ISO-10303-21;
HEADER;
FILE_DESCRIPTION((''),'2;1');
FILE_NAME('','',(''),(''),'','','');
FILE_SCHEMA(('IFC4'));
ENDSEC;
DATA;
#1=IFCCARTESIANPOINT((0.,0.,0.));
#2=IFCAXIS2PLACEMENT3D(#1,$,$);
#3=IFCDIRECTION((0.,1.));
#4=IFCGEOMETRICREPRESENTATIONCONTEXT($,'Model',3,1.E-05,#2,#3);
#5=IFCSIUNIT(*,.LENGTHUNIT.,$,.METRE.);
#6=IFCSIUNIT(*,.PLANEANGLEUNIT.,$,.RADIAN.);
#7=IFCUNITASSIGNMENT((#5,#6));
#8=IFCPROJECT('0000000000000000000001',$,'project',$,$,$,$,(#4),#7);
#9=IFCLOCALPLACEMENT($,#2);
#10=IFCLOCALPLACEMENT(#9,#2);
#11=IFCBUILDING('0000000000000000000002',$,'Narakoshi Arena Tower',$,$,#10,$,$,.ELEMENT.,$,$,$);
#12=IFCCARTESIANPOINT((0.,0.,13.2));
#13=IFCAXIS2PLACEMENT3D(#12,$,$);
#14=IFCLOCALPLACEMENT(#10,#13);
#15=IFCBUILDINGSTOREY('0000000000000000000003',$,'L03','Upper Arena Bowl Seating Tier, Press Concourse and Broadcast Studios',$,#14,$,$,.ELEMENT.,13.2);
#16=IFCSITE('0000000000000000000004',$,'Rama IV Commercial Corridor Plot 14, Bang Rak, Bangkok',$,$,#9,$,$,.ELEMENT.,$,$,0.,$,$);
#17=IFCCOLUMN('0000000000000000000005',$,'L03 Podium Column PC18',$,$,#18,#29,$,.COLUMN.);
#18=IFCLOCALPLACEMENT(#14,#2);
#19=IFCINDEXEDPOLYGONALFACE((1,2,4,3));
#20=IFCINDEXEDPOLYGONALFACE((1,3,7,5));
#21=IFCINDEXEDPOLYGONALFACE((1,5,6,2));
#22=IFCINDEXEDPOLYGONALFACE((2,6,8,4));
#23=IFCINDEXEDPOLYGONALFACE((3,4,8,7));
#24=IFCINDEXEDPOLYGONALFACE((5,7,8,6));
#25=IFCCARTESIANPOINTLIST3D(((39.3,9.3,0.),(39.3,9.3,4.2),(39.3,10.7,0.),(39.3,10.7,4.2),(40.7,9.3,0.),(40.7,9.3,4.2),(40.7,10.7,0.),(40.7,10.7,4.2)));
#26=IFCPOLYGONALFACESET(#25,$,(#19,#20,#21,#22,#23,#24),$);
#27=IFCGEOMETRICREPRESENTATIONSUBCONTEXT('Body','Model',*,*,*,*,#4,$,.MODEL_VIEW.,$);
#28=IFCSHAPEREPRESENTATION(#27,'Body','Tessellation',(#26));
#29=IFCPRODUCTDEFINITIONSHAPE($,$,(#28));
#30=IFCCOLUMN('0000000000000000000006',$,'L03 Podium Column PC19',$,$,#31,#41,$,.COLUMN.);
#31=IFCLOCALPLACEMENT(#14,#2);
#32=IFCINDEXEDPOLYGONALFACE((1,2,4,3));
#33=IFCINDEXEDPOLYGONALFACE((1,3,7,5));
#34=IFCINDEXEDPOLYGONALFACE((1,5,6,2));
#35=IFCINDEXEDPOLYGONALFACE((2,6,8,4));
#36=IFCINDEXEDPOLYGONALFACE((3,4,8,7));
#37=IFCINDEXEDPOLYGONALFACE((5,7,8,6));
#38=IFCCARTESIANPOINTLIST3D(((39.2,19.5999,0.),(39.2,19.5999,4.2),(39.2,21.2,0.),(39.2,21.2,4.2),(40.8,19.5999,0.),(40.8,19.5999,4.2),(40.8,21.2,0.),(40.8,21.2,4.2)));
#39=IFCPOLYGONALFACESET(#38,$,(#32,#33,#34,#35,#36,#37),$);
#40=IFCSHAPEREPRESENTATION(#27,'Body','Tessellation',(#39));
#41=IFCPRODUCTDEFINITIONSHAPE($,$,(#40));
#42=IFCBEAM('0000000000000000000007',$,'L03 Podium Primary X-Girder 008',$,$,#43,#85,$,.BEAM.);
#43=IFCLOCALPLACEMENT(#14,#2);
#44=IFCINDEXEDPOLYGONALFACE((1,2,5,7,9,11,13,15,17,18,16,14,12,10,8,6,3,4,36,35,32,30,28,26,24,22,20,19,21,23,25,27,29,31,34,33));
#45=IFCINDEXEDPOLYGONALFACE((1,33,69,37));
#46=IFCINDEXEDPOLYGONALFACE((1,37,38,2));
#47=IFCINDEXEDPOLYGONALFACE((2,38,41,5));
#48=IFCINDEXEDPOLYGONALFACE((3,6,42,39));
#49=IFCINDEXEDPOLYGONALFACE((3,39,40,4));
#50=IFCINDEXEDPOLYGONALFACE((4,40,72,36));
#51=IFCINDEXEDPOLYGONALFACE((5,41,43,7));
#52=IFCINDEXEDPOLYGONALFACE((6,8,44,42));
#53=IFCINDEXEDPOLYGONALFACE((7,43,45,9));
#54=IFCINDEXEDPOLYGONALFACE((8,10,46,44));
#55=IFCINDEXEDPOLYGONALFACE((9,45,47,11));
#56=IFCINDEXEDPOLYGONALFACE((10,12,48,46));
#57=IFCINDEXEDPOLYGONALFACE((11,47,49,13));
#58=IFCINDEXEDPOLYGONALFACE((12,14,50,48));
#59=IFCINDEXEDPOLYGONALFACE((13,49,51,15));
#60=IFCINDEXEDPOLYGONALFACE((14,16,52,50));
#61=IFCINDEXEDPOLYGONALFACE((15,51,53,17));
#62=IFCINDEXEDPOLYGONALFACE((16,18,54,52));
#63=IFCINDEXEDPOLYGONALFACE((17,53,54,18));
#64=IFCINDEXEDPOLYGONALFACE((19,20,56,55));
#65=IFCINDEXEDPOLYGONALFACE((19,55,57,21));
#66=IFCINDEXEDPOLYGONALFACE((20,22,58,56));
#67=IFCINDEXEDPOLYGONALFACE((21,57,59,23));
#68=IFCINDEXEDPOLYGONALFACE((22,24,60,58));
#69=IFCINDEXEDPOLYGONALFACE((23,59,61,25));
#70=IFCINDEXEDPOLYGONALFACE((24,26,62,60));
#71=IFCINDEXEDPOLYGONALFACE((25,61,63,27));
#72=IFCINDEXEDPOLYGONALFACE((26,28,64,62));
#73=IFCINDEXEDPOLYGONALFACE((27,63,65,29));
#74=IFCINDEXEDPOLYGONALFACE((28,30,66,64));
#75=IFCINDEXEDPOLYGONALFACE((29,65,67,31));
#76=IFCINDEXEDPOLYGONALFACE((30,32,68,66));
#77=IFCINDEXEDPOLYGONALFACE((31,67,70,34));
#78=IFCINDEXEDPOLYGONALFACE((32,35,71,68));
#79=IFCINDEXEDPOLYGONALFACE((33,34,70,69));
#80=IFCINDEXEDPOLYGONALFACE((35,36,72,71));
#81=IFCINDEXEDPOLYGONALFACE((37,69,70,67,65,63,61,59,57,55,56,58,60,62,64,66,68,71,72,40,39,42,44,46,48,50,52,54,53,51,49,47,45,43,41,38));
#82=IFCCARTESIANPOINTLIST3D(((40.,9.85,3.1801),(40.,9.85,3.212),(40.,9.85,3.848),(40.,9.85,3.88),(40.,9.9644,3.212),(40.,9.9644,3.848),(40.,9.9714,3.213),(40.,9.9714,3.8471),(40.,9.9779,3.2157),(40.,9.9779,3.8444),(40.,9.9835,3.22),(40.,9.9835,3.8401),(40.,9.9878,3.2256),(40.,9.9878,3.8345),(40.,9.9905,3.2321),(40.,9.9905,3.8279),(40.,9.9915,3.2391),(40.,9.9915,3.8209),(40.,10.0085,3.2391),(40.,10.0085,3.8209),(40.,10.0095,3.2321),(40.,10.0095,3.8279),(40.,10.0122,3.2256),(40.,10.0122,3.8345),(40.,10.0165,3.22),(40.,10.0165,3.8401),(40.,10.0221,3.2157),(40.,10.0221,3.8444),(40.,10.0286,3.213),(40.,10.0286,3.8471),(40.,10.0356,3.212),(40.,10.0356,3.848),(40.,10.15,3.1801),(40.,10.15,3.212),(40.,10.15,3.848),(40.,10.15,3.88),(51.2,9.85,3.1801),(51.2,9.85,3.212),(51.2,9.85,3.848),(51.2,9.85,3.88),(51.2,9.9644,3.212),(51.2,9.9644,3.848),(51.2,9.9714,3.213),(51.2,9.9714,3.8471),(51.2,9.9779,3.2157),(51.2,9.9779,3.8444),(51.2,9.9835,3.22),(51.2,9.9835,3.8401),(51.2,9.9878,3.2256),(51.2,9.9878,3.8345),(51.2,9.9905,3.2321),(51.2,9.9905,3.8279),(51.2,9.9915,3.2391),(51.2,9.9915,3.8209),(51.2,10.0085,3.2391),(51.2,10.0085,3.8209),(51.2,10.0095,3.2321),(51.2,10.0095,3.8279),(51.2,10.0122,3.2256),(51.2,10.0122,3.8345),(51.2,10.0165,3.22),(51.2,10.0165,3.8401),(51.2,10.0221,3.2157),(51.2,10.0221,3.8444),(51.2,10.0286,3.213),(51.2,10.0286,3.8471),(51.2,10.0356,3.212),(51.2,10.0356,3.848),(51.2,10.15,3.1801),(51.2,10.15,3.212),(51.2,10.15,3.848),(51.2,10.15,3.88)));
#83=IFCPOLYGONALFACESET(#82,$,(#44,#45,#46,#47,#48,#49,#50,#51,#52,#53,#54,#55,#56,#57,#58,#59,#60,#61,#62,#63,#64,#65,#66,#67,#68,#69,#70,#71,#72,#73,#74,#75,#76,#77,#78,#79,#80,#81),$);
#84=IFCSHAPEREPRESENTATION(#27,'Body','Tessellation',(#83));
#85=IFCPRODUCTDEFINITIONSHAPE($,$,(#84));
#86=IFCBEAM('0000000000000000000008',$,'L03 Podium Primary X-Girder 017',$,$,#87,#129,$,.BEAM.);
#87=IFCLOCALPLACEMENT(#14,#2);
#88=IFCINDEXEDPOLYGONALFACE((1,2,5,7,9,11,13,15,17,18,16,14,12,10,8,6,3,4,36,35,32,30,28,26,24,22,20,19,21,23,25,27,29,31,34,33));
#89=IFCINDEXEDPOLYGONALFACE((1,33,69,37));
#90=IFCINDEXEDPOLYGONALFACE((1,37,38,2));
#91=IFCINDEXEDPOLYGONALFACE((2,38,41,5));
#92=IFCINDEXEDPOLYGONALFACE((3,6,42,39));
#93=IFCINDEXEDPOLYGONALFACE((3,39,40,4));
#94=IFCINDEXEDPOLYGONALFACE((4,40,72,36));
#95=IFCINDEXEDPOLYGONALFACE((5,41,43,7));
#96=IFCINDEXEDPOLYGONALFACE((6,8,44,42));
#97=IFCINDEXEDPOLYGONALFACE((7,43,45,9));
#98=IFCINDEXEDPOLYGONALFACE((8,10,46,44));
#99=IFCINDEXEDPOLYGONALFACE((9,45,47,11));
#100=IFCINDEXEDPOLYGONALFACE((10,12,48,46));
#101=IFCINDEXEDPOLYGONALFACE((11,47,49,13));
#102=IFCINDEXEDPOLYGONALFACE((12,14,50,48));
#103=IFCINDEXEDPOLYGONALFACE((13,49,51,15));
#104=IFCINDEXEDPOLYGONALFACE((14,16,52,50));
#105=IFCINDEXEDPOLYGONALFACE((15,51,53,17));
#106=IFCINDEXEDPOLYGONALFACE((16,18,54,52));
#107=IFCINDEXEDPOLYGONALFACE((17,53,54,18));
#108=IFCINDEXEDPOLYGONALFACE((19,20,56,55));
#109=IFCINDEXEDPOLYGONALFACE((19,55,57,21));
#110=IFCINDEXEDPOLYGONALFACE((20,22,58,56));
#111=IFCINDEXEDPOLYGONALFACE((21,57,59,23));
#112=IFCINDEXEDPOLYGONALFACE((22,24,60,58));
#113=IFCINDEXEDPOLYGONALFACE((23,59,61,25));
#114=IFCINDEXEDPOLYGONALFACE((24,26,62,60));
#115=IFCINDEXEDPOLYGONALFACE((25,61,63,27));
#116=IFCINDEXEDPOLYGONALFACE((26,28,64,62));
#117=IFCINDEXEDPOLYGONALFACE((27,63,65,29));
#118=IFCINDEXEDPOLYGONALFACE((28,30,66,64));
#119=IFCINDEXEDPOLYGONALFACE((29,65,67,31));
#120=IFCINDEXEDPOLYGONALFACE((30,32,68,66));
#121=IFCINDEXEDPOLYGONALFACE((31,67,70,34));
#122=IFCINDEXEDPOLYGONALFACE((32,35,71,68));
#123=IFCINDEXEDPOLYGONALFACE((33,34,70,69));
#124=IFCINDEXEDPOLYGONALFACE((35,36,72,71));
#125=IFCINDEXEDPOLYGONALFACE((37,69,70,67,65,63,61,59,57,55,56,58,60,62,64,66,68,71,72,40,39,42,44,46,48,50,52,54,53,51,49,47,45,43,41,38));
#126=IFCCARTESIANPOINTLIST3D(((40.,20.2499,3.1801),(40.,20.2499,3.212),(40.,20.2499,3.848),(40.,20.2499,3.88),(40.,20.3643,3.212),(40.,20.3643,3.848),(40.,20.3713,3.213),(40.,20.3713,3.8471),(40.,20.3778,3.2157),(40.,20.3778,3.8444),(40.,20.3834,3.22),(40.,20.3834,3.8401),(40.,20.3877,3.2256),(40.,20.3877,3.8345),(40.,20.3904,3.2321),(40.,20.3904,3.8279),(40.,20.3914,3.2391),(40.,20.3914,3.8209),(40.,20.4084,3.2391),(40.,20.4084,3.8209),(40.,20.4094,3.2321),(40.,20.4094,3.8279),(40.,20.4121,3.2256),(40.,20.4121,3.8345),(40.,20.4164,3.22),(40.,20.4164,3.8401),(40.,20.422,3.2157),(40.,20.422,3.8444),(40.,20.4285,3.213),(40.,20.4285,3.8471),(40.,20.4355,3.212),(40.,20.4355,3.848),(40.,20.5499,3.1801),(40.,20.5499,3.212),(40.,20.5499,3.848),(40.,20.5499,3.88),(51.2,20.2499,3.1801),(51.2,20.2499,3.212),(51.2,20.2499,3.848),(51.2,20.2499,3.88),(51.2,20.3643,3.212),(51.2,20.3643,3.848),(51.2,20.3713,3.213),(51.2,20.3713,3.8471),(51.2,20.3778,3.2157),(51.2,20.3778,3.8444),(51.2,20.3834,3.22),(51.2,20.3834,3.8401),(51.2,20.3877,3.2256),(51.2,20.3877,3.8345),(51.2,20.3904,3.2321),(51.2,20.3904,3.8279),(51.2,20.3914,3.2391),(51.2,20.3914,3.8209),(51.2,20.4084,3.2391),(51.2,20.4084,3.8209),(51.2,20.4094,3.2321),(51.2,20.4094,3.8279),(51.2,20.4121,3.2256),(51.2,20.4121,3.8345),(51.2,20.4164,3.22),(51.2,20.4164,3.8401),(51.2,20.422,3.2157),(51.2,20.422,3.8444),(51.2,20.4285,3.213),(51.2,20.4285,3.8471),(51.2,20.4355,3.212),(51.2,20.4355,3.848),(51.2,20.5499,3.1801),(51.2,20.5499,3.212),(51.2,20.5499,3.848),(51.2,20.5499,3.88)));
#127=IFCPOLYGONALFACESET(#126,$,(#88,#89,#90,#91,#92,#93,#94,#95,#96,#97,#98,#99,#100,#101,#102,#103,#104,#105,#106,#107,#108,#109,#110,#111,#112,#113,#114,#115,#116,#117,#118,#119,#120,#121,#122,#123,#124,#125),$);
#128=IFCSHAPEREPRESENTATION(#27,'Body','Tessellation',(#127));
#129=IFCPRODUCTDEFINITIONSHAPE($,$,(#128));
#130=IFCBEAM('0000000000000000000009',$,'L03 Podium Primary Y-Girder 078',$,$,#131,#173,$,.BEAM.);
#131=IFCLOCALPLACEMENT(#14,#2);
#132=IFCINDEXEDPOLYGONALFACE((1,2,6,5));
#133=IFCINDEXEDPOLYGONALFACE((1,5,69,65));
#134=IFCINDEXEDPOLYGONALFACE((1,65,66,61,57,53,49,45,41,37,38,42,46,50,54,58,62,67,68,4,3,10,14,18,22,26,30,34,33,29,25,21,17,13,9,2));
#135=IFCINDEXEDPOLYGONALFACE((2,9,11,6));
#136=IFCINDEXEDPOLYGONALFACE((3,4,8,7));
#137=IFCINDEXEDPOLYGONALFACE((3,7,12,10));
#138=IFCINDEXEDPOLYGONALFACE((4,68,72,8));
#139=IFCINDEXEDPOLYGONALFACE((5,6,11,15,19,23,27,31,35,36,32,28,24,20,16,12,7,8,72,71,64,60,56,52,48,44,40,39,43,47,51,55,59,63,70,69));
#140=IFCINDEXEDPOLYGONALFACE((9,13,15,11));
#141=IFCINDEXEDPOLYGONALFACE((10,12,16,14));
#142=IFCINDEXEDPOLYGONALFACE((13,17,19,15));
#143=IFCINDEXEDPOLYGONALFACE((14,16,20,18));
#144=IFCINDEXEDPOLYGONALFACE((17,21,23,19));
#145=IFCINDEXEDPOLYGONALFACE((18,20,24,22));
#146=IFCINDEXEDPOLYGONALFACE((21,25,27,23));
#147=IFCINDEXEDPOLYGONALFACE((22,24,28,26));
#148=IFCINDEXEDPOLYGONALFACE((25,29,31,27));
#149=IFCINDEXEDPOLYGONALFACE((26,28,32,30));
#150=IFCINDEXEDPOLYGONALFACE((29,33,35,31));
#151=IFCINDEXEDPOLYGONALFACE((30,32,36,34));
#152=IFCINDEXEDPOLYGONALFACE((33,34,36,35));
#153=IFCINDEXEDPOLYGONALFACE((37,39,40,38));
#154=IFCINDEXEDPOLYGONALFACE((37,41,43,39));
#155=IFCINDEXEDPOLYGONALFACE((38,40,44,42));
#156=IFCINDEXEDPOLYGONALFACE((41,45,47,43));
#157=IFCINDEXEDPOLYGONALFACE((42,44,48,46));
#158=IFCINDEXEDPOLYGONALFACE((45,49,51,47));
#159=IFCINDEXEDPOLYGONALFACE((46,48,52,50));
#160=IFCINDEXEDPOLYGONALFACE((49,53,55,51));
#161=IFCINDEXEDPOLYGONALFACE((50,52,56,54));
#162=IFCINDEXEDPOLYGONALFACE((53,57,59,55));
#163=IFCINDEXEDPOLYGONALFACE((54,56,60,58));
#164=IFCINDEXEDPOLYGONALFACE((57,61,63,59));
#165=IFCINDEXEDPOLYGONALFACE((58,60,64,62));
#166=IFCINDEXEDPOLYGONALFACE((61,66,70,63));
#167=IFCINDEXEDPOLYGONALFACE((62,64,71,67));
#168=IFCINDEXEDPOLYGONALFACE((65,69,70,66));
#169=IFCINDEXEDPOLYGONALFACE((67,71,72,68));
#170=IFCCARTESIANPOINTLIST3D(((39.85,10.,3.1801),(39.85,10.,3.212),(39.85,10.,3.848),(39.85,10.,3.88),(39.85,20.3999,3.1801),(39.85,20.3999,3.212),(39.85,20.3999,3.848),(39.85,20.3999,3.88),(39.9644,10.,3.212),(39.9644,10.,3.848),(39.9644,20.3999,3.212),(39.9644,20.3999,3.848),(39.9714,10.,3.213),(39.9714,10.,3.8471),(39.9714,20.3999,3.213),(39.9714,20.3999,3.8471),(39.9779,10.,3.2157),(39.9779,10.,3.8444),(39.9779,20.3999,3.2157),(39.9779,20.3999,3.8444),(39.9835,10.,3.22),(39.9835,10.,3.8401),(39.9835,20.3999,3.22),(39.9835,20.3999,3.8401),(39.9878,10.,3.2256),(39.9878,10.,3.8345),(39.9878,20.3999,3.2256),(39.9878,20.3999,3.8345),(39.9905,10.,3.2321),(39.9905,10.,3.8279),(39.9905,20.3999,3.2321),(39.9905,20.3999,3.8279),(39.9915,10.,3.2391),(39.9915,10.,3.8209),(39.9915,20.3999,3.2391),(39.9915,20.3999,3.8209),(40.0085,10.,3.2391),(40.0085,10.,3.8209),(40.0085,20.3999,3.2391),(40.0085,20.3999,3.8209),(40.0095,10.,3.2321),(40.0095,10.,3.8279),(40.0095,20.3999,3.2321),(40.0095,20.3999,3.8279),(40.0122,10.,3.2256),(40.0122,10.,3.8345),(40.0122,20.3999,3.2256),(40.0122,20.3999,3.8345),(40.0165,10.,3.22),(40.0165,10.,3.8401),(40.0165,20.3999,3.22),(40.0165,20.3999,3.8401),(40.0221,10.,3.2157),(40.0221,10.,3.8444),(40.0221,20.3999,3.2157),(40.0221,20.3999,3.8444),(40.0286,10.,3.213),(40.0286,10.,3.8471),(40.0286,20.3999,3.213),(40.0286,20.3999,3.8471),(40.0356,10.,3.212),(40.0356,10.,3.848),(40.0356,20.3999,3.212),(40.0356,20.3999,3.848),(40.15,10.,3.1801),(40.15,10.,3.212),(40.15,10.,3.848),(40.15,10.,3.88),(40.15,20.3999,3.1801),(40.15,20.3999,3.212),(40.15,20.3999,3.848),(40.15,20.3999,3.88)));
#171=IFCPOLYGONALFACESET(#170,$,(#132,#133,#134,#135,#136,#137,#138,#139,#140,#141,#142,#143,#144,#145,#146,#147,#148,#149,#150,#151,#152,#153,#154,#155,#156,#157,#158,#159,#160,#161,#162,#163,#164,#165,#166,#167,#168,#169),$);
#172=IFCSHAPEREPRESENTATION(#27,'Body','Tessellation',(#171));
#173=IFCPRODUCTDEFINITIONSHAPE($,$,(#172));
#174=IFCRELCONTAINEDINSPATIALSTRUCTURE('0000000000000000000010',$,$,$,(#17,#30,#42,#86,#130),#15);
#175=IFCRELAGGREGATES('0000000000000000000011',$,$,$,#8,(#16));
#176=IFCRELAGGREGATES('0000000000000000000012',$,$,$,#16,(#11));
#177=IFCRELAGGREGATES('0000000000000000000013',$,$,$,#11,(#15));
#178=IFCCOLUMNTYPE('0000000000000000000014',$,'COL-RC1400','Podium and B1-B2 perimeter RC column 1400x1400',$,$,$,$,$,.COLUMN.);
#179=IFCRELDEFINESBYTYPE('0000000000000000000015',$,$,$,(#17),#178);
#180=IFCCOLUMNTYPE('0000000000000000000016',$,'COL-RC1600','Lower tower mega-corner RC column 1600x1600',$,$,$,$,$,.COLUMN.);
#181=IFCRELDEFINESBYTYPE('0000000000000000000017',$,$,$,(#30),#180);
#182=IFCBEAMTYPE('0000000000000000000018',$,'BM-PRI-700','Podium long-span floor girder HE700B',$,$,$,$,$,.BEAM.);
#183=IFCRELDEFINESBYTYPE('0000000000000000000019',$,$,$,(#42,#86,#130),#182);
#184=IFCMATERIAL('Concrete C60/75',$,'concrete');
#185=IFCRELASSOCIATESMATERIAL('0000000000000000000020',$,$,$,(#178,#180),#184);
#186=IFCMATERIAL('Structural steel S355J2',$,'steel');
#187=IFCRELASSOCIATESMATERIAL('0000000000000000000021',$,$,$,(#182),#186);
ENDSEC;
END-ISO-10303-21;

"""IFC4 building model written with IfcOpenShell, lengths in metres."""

from ifc_helpers import new_model, si_unit, direction, frame, origin, origin_2d, place, context, subcontext, project, spatial, rectangle, i_section, extrude, material, material_profile, profile_set, type_object, element, save


model = new_model("IFC4")

# Units and contexts
model_context = context("Model", 3, precision=1e-05, world=origin(), true_north=direction((0.0, 1.0)))
body_context = subcontext(model_context, "Body", "Model", "MODEL_VIEW")
ifc_project = project(units=[si_unit("LENGTHUNIT", "METRE"), si_unit("PLANEANGLEUNIT", "RADIAN")], contexts=[model_context])

# Site, building, storey
site_placement = place(None, origin())
site = spatial("IfcSite", under=ifc_project, at=site_placement, Name="Rama IV Commercial Corridor Plot 14, Bang Rak, Bangkok", CompositionType="ELEMENT", RefElevation=0.0)
building_placement = place(site_placement, origin())
building = spatial("IfcBuilding", under=site, at=building_placement, Name="Narakoshi Arena Tower", CompositionType="ELEMENT")
storey_placement = place(building_placement, frame((0.0, 0.0, 13.2)))
storey = spatial("IfcBuildingStorey", under=building, at=storey_placement, Name="L03", Description="Upper Arena Bowl Seating Tier, Press Concourse and Broadcast Studios", CompositionType="ELEMENT", Elevation=13.2)

# Columns
ifc_material_1 = material(Name="Concrete C60/75", Category="concrete")
ifc_material_profile_1 = material_profile(ifc_material_1, rectangle(XDim=1.3999, YDim=1.3999, at=origin_2d()), Name="RC1400x1400")
ifc_profile_set_1 = profile_set([ifc_material_profile_1], Name="Concrete C60/75")
column_type_1 = type_object("IfcColumnType", Name="COL-RC1400", Description="Podium and B1-B2 perimeter RC column 1400x1400", PredefinedType="COLUMN", material=ifc_profile_set_1)
column_1_placement = place(storey_placement, frame((40.0, 10.0, 0.0), z_axis=(0.0, 0.0, 1.0), x_axis=(1.0, 0.0, 0.0)))
element("IfcColumn", 1, at=column_1_placement, inside=storey, type_object=column_type_1, Name="L03 Podium Column PC18", PredefinedType="COLUMN", context=body_context, shape_type="SweptSolid", body=[
    extrude(rectangle(XDim=1.3999, YDim=1.3999, at=origin_2d()), origin(), (0.0, 0.0, 1.0), 4.2),
])
ifc_material_profile_2 = material_profile(ifc_material_1, rectangle(XDim=1.6001, YDim=1.6001, at=origin_2d()), Name="RC1600x1600")
ifc_profile_set_2 = profile_set([ifc_material_profile_2], Name="Concrete C60/75")
column_type_2 = type_object("IfcColumnType", Name="COL-RC1600", Description="Lower tower mega-corner RC column 1600x1600", PredefinedType="COLUMN", material=ifc_profile_set_2)
column_2_placement = place(storey_placement, frame((40.0, 20.3999, 0.0), z_axis=(0.0, 0.0, 1.0), x_axis=(1.0, 0.0, 0.0)))
element("IfcColumn", 2, at=column_2_placement, inside=storey, type_object=column_type_2, Name="L03 Podium Column PC19", PredefinedType="COLUMN", context=body_context, shape_type="SweptSolid", body=[
    extrude(rectangle(XDim=1.6001, YDim=1.6001, at=origin_2d()), origin(), (0.0, 0.0, 1.0), 4.2),
])

# Beams
ifc_material_2 = material(Name="Structural steel S355J2", Category="steel")
ifc_material_profile_3 = material_profile(ifc_material_2, i_section(OverallWidth=0.3, OverallDepth=0.7, WebThickness=0.0171, FlangeThickness=0.032, FilletRadius=0.0271, at=origin_2d()), Name="HE700B")
ifc_profile_set_3 = profile_set([ifc_material_profile_3], Name="Structural steel S355J2")
beam_type_1 = type_object("IfcBeamType", Name="BM-PRI-700", Description="Podium long-span floor girder HE700B", PredefinedType="BEAM", material=ifc_profile_set_3)
for number, where, z_axis, x_axis, name in (
    (3, (40.0, 10.0, 3.53), (1.0, 0.0, 0.0), (0.0, 1.0, 0.0), "L03 Podium Primary X-Girder 008"),
    (4, (40.0, 20.3999, 3.53), (1.0, 0.0, 0.0), (0.0, 1.0, 0.0), "L03 Podium Primary X-Girder 017"),
):
    element("IfcBeam", number, at=place(storey_placement, frame(where, z_axis=z_axis, x_axis=x_axis)), inside=storey, type_object=beam_type_1, Name=name, PredefinedType="BEAM", context=body_context, shape_type="SweptSolid", body=[
        extrude(i_section(OverallWidth=0.3, OverallDepth=0.7, WebThickness=0.0171, FlangeThickness=0.032, FilletRadius=0.0271, at=origin_2d()), origin(), (0.0, 0.0, 1.0), 11.2),
    ])
beam_placement = place(storey_placement, frame((40.0, 10.0, 3.53), z_axis=(0.0, 1.0, 0.0), x_axis=(-1.0, 0.0, 0.0)))
element("IfcBeam", 5, at=beam_placement, inside=storey, type_object=beam_type_1, Name="L03 Podium Primary Y-Girder 078", PredefinedType="BEAM", context=body_context, shape_type="SweptSolid", body=[
    extrude(i_section(OverallWidth=0.3, OverallDepth=0.7, WebThickness=0.0171, FlangeThickness=0.032, FilletRadius=0.0271, at=origin_2d()), origin(), (0.0, 0.0, 1.0), 10.3999),
])

save(model, "model.ifc")
